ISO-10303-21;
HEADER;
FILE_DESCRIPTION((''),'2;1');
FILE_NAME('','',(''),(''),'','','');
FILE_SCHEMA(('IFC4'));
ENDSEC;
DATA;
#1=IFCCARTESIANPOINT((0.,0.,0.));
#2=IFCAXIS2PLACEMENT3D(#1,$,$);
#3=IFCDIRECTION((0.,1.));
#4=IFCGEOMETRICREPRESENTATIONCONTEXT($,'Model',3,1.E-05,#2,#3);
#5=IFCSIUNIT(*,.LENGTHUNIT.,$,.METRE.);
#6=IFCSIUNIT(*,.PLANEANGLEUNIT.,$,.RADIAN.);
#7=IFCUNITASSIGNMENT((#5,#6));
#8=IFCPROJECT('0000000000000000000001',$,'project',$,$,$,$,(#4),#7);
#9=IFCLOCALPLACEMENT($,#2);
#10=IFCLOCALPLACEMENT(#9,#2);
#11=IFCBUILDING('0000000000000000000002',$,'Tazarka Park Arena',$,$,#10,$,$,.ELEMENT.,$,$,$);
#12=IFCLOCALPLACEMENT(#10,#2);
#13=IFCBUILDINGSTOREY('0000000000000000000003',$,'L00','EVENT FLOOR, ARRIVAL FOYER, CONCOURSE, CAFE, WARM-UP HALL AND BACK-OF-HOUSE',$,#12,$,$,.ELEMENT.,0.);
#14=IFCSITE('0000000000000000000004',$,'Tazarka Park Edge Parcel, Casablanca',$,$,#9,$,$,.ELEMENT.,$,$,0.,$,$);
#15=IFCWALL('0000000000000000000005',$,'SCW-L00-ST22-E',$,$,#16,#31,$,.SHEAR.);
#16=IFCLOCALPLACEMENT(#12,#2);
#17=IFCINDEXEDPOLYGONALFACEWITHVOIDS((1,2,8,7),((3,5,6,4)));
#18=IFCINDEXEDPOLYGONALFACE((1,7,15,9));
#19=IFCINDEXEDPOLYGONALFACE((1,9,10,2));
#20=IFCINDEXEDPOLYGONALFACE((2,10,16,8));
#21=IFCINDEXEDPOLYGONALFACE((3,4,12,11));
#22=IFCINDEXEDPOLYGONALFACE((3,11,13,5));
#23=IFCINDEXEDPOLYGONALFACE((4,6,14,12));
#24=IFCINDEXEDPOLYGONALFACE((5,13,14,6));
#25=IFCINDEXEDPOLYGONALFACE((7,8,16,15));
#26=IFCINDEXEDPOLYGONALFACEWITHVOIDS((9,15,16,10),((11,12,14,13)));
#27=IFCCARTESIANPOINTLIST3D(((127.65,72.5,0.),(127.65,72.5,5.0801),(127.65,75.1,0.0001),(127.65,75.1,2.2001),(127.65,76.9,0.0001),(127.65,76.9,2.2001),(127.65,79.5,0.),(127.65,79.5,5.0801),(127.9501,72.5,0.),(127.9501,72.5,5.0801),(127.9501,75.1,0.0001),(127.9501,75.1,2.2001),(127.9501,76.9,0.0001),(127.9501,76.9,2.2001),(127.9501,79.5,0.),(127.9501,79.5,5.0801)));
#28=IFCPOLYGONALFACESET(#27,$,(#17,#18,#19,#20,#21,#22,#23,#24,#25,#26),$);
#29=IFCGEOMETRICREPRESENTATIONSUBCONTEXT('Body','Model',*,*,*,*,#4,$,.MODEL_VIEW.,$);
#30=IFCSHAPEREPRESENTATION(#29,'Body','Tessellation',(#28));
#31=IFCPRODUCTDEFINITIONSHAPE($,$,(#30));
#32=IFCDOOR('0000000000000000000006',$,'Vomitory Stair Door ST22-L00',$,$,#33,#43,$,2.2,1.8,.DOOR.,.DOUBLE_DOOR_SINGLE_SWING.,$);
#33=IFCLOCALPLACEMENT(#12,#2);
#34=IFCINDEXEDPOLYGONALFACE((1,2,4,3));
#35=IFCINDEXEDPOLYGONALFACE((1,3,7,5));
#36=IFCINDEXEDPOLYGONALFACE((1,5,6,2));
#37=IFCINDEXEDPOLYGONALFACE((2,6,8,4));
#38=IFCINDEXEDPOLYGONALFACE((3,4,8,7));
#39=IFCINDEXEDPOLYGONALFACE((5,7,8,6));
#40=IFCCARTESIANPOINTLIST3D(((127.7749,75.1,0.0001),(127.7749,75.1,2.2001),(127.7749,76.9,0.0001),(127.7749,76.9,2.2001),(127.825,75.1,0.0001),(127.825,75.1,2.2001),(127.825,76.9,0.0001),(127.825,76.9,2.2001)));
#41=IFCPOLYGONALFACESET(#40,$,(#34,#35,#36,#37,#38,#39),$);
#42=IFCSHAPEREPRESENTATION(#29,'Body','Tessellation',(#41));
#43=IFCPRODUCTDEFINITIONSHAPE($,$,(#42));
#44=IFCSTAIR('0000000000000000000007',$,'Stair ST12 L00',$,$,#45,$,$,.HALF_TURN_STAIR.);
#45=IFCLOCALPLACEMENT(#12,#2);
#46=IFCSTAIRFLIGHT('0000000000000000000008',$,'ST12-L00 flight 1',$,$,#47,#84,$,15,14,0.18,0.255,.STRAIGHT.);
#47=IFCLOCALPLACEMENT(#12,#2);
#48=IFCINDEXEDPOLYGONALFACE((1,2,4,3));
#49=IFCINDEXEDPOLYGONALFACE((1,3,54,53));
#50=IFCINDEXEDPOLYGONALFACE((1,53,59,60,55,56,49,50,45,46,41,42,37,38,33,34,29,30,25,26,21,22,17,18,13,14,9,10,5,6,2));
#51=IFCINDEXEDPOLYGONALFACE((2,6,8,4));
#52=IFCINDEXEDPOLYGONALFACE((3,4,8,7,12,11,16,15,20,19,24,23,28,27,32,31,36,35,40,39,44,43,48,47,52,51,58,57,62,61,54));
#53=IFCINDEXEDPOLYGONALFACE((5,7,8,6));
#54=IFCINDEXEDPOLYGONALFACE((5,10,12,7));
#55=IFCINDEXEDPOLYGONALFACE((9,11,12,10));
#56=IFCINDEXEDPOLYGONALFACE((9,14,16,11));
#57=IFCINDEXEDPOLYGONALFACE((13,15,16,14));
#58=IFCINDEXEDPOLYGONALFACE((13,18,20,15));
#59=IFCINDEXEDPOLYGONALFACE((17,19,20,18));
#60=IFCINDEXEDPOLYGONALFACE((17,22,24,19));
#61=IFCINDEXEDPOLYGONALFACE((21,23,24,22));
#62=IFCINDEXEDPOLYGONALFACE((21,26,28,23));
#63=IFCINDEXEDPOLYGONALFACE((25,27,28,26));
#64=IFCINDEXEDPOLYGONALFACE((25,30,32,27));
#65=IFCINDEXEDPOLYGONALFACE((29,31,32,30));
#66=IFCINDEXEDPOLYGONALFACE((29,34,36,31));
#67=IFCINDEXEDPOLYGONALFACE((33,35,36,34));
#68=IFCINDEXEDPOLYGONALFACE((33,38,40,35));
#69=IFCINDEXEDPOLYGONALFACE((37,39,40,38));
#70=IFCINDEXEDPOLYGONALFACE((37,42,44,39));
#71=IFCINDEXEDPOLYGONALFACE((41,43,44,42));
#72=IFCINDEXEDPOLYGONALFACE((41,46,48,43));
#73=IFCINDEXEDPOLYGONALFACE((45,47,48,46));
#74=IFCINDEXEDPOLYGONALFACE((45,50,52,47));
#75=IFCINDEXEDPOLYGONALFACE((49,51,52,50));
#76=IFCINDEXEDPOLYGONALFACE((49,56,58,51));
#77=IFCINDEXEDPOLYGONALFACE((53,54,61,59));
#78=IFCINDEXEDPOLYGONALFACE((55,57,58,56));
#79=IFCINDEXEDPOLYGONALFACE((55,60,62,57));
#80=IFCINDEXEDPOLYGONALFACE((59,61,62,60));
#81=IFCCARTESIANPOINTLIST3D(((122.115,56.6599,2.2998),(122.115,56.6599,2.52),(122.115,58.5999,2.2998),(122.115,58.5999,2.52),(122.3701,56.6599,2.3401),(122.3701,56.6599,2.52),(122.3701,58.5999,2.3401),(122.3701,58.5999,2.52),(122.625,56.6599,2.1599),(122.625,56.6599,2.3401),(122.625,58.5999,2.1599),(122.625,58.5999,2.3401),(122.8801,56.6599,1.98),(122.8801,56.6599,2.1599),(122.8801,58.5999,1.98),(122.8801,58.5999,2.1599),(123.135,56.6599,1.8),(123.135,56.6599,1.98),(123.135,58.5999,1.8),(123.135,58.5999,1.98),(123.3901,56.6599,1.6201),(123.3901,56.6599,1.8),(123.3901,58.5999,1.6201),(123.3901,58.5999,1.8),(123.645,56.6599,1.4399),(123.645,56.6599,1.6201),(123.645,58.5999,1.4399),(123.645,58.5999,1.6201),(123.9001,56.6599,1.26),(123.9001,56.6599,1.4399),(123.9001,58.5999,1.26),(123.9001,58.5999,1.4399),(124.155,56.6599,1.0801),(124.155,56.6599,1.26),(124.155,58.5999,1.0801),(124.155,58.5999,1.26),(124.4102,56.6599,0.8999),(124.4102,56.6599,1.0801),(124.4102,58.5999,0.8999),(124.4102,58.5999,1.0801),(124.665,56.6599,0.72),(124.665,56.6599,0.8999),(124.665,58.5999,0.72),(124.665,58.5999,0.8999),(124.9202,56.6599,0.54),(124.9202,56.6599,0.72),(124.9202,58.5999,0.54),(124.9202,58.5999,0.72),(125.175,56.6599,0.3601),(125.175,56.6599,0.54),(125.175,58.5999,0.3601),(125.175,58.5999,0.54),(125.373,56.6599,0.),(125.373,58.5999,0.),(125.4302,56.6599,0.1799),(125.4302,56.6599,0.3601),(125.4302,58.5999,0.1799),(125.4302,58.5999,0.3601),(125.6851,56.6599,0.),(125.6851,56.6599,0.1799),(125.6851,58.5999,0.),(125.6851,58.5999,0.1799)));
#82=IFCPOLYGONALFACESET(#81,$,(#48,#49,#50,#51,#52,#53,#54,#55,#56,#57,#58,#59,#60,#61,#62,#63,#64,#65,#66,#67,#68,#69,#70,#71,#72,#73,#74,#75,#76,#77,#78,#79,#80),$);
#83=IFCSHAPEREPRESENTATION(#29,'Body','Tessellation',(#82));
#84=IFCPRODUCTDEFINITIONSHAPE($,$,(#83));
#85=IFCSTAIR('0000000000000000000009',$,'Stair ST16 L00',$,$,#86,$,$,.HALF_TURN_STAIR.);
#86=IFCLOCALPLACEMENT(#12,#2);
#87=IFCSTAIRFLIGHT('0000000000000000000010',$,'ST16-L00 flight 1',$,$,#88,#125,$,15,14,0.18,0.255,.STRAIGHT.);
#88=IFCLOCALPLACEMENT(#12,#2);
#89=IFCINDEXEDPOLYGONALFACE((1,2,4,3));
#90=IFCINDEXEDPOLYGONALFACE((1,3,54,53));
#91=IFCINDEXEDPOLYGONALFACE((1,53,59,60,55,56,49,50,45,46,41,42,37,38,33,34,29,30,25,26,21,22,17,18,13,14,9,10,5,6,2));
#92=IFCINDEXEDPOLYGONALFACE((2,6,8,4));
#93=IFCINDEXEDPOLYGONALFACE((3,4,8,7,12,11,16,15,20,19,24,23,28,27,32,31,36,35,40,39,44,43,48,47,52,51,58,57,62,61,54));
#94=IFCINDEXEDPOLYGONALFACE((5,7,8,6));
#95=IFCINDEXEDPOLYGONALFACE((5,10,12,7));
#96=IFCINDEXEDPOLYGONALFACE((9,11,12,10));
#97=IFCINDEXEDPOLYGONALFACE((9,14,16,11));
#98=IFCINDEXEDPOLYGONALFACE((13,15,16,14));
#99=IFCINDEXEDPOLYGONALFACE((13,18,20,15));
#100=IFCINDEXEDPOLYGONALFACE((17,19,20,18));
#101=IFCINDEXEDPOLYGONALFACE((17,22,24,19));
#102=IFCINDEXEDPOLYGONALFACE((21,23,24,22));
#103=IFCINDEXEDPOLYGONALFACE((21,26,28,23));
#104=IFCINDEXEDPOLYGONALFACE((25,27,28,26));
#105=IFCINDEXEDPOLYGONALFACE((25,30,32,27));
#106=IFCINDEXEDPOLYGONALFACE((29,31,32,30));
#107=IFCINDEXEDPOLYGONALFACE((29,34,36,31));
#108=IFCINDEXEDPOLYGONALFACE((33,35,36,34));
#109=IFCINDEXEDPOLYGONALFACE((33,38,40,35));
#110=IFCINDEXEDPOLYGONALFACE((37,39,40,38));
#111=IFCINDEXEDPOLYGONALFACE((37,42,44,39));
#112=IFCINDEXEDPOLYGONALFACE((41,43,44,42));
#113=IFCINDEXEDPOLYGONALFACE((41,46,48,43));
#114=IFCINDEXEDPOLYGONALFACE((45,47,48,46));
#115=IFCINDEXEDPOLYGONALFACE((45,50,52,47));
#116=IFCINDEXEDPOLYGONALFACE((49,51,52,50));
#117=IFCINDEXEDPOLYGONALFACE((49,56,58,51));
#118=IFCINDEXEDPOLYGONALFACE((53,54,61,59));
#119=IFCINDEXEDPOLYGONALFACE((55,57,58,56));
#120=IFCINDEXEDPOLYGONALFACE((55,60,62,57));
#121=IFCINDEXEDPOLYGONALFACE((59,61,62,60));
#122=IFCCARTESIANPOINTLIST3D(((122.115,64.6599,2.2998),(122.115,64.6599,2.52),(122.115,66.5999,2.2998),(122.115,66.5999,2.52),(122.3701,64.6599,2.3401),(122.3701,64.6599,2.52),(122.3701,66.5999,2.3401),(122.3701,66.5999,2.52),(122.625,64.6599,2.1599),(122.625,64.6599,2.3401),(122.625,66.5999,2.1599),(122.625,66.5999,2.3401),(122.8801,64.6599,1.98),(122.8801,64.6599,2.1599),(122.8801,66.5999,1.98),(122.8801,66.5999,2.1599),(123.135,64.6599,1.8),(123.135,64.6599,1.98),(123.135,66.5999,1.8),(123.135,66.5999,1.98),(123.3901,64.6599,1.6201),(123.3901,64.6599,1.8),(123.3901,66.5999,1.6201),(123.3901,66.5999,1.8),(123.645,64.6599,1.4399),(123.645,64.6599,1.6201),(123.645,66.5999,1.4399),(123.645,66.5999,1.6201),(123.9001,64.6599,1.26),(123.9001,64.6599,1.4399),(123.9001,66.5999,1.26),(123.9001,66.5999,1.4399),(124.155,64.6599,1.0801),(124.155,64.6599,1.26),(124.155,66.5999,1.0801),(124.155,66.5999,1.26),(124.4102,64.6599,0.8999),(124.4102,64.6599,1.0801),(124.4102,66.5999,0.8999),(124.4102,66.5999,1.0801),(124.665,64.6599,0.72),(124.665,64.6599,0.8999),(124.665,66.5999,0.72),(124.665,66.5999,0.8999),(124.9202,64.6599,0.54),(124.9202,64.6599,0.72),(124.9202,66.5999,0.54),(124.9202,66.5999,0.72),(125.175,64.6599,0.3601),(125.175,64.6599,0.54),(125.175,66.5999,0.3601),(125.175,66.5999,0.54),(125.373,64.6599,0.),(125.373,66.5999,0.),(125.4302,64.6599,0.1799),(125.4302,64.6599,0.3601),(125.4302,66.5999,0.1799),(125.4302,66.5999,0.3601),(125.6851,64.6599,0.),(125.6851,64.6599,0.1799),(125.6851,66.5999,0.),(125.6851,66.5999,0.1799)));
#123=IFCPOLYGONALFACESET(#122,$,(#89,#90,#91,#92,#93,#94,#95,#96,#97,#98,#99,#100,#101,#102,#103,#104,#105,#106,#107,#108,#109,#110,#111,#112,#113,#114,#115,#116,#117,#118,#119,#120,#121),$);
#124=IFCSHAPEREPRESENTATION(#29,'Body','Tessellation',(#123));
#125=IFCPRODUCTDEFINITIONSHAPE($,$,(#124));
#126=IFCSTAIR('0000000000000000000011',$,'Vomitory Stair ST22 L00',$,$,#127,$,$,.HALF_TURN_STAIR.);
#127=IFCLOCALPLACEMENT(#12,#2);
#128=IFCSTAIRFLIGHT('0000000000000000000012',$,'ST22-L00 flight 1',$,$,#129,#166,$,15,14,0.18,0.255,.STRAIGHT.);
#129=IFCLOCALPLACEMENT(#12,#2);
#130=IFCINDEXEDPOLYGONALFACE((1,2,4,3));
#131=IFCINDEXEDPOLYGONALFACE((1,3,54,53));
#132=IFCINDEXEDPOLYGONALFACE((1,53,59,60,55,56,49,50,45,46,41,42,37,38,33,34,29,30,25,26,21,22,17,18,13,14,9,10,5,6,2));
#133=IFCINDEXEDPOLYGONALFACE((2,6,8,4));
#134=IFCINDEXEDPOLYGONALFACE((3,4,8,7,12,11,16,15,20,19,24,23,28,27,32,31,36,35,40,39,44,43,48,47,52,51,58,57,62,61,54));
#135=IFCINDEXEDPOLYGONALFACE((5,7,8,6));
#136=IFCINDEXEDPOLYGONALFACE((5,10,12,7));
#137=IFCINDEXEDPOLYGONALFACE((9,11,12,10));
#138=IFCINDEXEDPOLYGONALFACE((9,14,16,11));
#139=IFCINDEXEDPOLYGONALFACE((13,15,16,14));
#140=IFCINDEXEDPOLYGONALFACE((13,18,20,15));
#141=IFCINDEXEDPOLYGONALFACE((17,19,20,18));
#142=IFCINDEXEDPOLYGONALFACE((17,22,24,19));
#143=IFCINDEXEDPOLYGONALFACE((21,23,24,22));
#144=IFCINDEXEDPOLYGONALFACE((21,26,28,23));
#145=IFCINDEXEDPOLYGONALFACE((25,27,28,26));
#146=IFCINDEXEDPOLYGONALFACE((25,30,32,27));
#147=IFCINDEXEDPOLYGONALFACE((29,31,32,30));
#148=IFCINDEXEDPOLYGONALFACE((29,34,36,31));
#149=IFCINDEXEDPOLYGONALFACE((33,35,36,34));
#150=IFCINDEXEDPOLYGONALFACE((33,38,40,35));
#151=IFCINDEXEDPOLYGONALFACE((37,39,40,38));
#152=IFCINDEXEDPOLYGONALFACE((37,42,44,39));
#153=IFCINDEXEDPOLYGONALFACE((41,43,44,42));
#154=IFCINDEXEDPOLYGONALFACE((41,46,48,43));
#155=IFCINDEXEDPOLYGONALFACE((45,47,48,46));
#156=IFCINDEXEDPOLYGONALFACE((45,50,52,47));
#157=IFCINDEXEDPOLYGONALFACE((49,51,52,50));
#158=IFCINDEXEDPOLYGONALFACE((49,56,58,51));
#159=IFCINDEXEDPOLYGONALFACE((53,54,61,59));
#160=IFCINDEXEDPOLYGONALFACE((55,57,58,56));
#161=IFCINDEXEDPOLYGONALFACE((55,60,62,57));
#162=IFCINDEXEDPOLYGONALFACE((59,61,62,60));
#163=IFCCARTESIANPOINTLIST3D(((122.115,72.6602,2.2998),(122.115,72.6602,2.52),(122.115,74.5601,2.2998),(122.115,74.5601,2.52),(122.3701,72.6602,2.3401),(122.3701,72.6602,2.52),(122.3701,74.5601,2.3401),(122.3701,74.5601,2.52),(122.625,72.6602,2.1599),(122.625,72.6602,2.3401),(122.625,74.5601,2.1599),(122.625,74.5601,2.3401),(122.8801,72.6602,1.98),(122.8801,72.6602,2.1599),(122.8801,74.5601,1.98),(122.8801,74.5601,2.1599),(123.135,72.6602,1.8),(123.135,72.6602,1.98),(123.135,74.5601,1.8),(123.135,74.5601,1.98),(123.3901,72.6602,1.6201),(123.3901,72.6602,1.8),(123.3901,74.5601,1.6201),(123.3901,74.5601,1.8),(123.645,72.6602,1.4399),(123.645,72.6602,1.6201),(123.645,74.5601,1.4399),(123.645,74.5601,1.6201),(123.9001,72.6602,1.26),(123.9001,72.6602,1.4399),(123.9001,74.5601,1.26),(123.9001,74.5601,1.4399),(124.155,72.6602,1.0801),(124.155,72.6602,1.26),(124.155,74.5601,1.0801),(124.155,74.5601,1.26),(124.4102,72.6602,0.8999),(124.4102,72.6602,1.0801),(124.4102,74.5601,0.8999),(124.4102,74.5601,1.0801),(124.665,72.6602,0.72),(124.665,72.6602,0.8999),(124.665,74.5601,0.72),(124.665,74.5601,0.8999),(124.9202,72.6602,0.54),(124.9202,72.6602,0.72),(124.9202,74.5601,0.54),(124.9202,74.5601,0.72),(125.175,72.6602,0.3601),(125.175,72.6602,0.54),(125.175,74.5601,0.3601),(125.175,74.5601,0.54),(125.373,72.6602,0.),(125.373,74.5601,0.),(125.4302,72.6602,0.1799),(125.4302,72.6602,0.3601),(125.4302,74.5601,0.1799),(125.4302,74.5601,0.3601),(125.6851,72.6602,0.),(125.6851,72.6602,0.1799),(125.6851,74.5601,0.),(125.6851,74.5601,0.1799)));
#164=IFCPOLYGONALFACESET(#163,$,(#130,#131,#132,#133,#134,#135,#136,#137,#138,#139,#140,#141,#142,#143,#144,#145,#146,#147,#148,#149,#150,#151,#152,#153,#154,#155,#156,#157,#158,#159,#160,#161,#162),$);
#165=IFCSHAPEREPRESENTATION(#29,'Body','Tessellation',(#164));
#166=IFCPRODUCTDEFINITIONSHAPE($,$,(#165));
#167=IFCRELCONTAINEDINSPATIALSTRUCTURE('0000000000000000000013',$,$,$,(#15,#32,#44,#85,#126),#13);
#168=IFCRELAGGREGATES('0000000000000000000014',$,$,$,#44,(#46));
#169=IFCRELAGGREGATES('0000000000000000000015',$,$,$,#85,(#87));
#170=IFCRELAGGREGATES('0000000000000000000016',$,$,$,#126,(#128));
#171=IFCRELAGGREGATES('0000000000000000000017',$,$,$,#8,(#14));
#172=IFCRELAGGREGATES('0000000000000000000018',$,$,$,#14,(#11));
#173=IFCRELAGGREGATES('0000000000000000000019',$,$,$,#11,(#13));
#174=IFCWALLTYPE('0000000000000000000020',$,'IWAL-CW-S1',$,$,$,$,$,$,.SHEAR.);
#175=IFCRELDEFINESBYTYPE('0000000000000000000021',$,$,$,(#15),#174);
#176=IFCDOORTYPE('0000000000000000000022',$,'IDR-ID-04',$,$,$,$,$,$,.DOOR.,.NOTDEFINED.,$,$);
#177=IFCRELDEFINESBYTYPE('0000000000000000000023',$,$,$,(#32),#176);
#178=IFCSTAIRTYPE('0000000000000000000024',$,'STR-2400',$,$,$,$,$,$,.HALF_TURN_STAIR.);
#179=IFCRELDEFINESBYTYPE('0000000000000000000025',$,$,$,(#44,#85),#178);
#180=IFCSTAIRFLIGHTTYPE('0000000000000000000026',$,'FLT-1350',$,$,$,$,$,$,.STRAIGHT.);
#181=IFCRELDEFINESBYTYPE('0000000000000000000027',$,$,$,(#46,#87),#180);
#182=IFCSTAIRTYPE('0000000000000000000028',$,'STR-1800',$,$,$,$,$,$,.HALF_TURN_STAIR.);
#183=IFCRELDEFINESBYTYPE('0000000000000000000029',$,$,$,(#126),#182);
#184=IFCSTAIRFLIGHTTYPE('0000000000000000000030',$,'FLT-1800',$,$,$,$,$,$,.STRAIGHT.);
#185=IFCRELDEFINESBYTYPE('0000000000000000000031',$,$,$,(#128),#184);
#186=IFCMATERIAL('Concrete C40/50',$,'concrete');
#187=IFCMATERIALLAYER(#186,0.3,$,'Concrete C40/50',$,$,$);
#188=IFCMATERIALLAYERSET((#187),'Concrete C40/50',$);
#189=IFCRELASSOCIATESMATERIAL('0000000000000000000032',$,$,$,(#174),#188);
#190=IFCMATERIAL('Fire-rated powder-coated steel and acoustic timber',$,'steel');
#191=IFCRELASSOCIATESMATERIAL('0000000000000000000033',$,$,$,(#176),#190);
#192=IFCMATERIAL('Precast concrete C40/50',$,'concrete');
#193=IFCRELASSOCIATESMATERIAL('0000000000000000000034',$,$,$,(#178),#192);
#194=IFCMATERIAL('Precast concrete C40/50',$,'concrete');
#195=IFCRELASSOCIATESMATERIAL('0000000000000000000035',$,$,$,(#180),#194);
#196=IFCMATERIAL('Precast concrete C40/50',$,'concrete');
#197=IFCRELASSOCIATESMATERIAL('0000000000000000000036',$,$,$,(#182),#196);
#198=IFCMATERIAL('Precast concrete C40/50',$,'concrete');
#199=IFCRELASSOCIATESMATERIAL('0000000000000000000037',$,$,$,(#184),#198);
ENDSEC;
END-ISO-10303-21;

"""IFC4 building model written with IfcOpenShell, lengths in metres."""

from ifc_helpers import new_model, si_unit, direction, frame, frame_2d, origin, place, context, subcontext, project, spatial, polyline, rectangle, outline, extrude, material, layer, layer_set, type_object, element, fill, aggregate, save


model = new_model("IFC4")

# Units and contexts
model_context = context("Model", 3, precision=1e-05, world=origin(), true_north=direction((0.0, 1.0)))
body_context = subcontext(model_context, "Body", "Model", "MODEL_VIEW")
ifc_project = project(units=[si_unit("LENGTHUNIT", "METRE"), si_unit("PLANEANGLEUNIT", "RADIAN")], contexts=[model_context])

# Site, building, storey
site_placement = place(None, origin())
site = spatial("IfcSite", under=ifc_project, at=site_placement, Name="Tazarka Park Edge Parcel, Casablanca", CompositionType="ELEMENT", RefElevation=0.0)
building_placement = place(site_placement, origin())
building = spatial("IfcBuilding", under=site, at=building_placement, Name="Tazarka Park Arena", CompositionType="ELEMENT")
storey_placement = place(building_placement, origin())
storey = spatial("IfcBuildingStorey", under=building, at=storey_placement, Name="L00", Description="EVENT FLOOR, ARRIVAL FOYER, CONCOURSE, CAFE, WARM-UP HALL AND BACK-OF-HOUSE", CompositionType="ELEMENT", Elevation=0.0)

# Shared definitions
ifc_material_1 = material(Name="Concrete C40/50", Category="concrete")
ifc_layer = layer(ifc_material_1, 0.3, Name="Concrete C40/50")
ifc_layer_set = layer_set([ifc_layer], Name="Concrete C40/50")
wall_type = type_object("IfcWallType", Name="IWAL-CW-S1", PredefinedType="SHEAR", material=ifc_layer_set)

# Wall, opening, door
wall_1_placement = place(storey_placement, frame((127.8, 79.5, 0.0), z_axis=(0.0, 0.0, 1.0), x_axis=(0.0, -1.0, 0.0)))
wall_1 = element("IfcWall", 1, at=wall_1_placement, inside=storey, type_object=wall_type, Name="SCW-L00-ST22-E", PredefinedType="SHEAR", context=body_context, shape_type="SweptSolid", body=[
    extrude(rectangle(XDim=7.0, YDim=0.3, at=frame_2d((3.5, 0.0))), origin(), (0.0, 0.0, 1.0), 5.0801),
])
opening_1_placement = place(wall_1_placement, frame((2.6001, 0.0, 0.0)))
opening_1 = element("IfcOpeningElement", 2, at=opening_1_placement, cuts=wall_1, PredefinedType="OPENING", context=body_context, shape_type="SweptSolid", body=[
    extrude(rectangle(XDim=1.8, YDim=2.2, at=frame_2d((0.8999, 1.1001))), frame((0.0, 0.1602, 0.0), z_axis=(0.0, -1.0, 0.0), x_axis=(1.0, 0.0, 0.0)), (0.0, 0.0, 1.0), 0.3201),
])
ifc_material_2 = material(Name="Fire-rated powder-coated steel and acoustic timber", Category="steel")
door_type_1 = type_object("IfcDoorType", Name="IDR-ID-04", OperationType="NOTDEFINED", PredefinedType="DOOR", material=ifc_material_2)
door_1_placement = place(opening_1_placement, origin())
door_1 = element("IfcDoor", 3, at=door_1_placement, inside=storey, type_object=door_type_1, Name="Vomitory Stair Door ST22-L00", OperationType="DOUBLE_DOOR_SINGLE_SWING", OverallHeight=2.2, OverallWidth=1.8, PredefinedType="DOOR", context=body_context, shape_type="SweptSolid", body=[
    extrude(rectangle(XDim=1.8, YDim=2.2, at=frame_2d((0.8999, 1.1001))), frame((0.0, 0.0249, 0.0), z_axis=(0.0, -1.0, 0.0), x_axis=(1.0, 0.0, 0.0)), (0.0, 0.0, 1.0), 0.05),
])
fill(opening_1, door_1)

# Stairs, stair flights
ifc_material_3 = material(Name="Precast concrete C40/50", Category="concrete")
stair_type_1 = type_object("IfcStairType", Name="STR-2400", PredefinedType="HALF_TURN_STAIR", material=ifc_material_3)
stair_1_placement = place(storey_placement, origin())
stair_1 = element("IfcStair", 4, at=stair_1_placement, inside=storey, type_object=stair_type_1, Name="Stair ST12 L00", PredefinedType="HALF_TURN_STAIR")
ifc_material_4 = material(Name="Precast concrete C40/50", Category="concrete")
stair_flight_type_1 = type_object("IfcStairFlightType", Name="FLT-1350", PredefinedType="STRAIGHT", material=ifc_material_4)
stair_flight_1_placement = place(storey_placement, frame((125.6851, 57.6299, 0.0), z_axis=(0.0, 0.0, 1.0), x_axis=(-1.0, 0.0, 0.0)))
stair_flight_1 = element("IfcStairFlight", 5, at=stair_flight_1_placement, type_object=stair_flight_type_1, Name="ST12-L00 flight 1", NumberOfRisers=15, NumberOfTreads=14, PredefinedType="STRAIGHT", RiserHeight=0.18, TreadLength=0.255, context=body_context, shape_type="SweptSolid", body=[
    extrude(outline(polyline([(0.0, 0.0), (0.0, 0.1799), (0.2549, 0.1799), (0.2549, 0.3601), (0.51, 0.3601), (0.51, 0.54), (0.7649, 0.54), (0.7649, 0.72), (1.02, 0.72), (1.02, 0.8999), (1.2749, 0.8999), (1.2749, 1.0801), (1.53, 1.0801), (1.53, 1.26), (1.7849, 1.26), (1.7849, 1.4399), (2.04, 1.4399), (2.04, 1.6201), (2.2949, 1.6201), (2.2949, 1.8), (2.55, 1.8), (2.55, 1.98), (2.8049, 1.98), (2.8049, 2.1599), (3.0601, 2.1599), (3.0601, 2.3401), (3.3149, 2.3401), (3.3149, 2.52), (3.5701, 2.52), (3.5701, 2.7), (3.5701, 2.2998), (0.312, 0.0), (0.0, 0.0)])), frame((0.0, 0.97, 0.0), z_axis=(0.0, -1.0, 0.0), x_axis=(1.0, 0.0, 0.0)), (0.0, 0.0, 1.0), 1.9399),
])
aggregate(stair_1, [stair_flight_1])
stair_2_placement = place(storey_placement, origin())
stair_2 = element("IfcStair", 6, at=stair_2_placement, inside=storey, type_object=stair_type_1, Name="Stair ST16 L00", PredefinedType="HALF_TURN_STAIR")
stair_flight_2_placement = place(storey_placement, frame((125.6851, 65.6299, 0.0), z_axis=(0.0, 0.0, 1.0), x_axis=(-1.0, 0.0, 0.0)))
stair_flight_2 = element("IfcStairFlight", 7, at=stair_flight_2_placement, type_object=stair_flight_type_1, Name="ST16-L00 flight 1", NumberOfRisers=15, NumberOfTreads=14, PredefinedType="STRAIGHT", RiserHeight=0.18, TreadLength=0.255, context=body_context, shape_type="SweptSolid", body=[
    extrude(outline(polyline([(0.0, 0.0), (0.0, 0.1799), (0.2549, 0.1799), (0.2549, 0.3601), (0.51, 0.3601), (0.51, 0.54), (0.7649, 0.54), (0.7649, 0.72), (1.02, 0.72), (1.02, 0.8999), (1.2749, 0.8999), (1.2749, 1.0801), (1.53, 1.0801), (1.53, 1.26), (1.7849, 1.26), (1.7849, 1.4399), (2.04, 1.4399), (2.04, 1.6201), (2.2949, 1.6201), (2.2949, 1.8), (2.55, 1.8), (2.55, 1.98), (2.8049, 1.98), (2.8049, 2.1599), (3.0601, 2.1599), (3.0601, 2.3401), (3.3149, 2.3401), (3.3149, 2.52), (3.5701, 2.52), (3.5701, 2.7), (3.5701, 2.2998), (0.312, 0.0), (0.0, 0.0)])), frame((0.0, 0.97, 0.0), z_axis=(0.0, -1.0, 0.0), x_axis=(1.0, 0.0, 0.0)), (0.0, 0.0, 1.0), 1.9399),
])
aggregate(stair_2, [stair_flight_2])
ifc_material_5 = material(Name="Precast concrete C40/50", Category="concrete")
stair_type_2 = type_object("IfcStairType", Name="STR-1800", PredefinedType="HALF_TURN_STAIR", material=ifc_material_5)
stair_3_placement = place(storey_placement, origin())
stair_3 = element("IfcStair", 8, at=stair_3_placement, inside=storey, type_object=stair_type_2, Name="Vomitory Stair ST22 L00", PredefinedType="HALF_TURN_STAIR")
ifc_material_6 = material(Name="Precast concrete C40/50", Category="concrete")
stair_flight_type_2 = type_object("IfcStairFlightType", Name="FLT-1800", PredefinedType="STRAIGHT", material=ifc_material_6)
stair_flight_3_placement = place(storey_placement, frame((125.6851, 73.6101, 0.0), z_axis=(0.0, 0.0, 1.0), x_axis=(-1.0, 0.0, 0.0)))
stair_flight_3 = element("IfcStairFlight", 9, at=stair_flight_3_placement, type_object=stair_flight_type_2, Name="ST22-L00 flight 1", NumberOfRisers=15, NumberOfTreads=14, PredefinedType="STRAIGHT", RiserHeight=0.18, TreadLength=0.255, context=body_context, shape_type="SweptSolid", body=[
    extrude(outline(polyline([(0.0, 0.0), (0.0, 0.1799), (0.2549, 0.1799), (0.2549, 0.3601), (0.51, 0.3601), (0.51, 0.54), (0.7649, 0.54), (0.7649, 0.72), (1.02, 0.72), (1.02, 0.8999), (1.2749, 0.8999), (1.2749, 1.0801), (1.53, 1.0801), (1.53, 1.26), (1.7849, 1.26), (1.7849, 1.4399), (2.04, 1.4399), (2.04, 1.6201), (2.2949, 1.6201), (2.2949, 1.8), (2.55, 1.8), (2.55, 1.98), (2.8049, 1.98), (2.8049, 2.1599), (3.0601, 2.1599), (3.0601, 2.3401), (3.3149, 2.3401), (3.3149, 2.52), (3.5701, 2.52), (3.5701, 2.7), (3.5701, 2.2998), (0.312, 0.0), (0.0, 0.0)])), frame((0.0, 0.95, 0.0), z_axis=(0.0, -1.0, 0.0), x_axis=(1.0, 0.0, 0.0)), (0.0, 0.0, 1.0), 1.8999),
])
aggregate(stair_3, [stair_flight_3])

save(model, "model.ifc")
